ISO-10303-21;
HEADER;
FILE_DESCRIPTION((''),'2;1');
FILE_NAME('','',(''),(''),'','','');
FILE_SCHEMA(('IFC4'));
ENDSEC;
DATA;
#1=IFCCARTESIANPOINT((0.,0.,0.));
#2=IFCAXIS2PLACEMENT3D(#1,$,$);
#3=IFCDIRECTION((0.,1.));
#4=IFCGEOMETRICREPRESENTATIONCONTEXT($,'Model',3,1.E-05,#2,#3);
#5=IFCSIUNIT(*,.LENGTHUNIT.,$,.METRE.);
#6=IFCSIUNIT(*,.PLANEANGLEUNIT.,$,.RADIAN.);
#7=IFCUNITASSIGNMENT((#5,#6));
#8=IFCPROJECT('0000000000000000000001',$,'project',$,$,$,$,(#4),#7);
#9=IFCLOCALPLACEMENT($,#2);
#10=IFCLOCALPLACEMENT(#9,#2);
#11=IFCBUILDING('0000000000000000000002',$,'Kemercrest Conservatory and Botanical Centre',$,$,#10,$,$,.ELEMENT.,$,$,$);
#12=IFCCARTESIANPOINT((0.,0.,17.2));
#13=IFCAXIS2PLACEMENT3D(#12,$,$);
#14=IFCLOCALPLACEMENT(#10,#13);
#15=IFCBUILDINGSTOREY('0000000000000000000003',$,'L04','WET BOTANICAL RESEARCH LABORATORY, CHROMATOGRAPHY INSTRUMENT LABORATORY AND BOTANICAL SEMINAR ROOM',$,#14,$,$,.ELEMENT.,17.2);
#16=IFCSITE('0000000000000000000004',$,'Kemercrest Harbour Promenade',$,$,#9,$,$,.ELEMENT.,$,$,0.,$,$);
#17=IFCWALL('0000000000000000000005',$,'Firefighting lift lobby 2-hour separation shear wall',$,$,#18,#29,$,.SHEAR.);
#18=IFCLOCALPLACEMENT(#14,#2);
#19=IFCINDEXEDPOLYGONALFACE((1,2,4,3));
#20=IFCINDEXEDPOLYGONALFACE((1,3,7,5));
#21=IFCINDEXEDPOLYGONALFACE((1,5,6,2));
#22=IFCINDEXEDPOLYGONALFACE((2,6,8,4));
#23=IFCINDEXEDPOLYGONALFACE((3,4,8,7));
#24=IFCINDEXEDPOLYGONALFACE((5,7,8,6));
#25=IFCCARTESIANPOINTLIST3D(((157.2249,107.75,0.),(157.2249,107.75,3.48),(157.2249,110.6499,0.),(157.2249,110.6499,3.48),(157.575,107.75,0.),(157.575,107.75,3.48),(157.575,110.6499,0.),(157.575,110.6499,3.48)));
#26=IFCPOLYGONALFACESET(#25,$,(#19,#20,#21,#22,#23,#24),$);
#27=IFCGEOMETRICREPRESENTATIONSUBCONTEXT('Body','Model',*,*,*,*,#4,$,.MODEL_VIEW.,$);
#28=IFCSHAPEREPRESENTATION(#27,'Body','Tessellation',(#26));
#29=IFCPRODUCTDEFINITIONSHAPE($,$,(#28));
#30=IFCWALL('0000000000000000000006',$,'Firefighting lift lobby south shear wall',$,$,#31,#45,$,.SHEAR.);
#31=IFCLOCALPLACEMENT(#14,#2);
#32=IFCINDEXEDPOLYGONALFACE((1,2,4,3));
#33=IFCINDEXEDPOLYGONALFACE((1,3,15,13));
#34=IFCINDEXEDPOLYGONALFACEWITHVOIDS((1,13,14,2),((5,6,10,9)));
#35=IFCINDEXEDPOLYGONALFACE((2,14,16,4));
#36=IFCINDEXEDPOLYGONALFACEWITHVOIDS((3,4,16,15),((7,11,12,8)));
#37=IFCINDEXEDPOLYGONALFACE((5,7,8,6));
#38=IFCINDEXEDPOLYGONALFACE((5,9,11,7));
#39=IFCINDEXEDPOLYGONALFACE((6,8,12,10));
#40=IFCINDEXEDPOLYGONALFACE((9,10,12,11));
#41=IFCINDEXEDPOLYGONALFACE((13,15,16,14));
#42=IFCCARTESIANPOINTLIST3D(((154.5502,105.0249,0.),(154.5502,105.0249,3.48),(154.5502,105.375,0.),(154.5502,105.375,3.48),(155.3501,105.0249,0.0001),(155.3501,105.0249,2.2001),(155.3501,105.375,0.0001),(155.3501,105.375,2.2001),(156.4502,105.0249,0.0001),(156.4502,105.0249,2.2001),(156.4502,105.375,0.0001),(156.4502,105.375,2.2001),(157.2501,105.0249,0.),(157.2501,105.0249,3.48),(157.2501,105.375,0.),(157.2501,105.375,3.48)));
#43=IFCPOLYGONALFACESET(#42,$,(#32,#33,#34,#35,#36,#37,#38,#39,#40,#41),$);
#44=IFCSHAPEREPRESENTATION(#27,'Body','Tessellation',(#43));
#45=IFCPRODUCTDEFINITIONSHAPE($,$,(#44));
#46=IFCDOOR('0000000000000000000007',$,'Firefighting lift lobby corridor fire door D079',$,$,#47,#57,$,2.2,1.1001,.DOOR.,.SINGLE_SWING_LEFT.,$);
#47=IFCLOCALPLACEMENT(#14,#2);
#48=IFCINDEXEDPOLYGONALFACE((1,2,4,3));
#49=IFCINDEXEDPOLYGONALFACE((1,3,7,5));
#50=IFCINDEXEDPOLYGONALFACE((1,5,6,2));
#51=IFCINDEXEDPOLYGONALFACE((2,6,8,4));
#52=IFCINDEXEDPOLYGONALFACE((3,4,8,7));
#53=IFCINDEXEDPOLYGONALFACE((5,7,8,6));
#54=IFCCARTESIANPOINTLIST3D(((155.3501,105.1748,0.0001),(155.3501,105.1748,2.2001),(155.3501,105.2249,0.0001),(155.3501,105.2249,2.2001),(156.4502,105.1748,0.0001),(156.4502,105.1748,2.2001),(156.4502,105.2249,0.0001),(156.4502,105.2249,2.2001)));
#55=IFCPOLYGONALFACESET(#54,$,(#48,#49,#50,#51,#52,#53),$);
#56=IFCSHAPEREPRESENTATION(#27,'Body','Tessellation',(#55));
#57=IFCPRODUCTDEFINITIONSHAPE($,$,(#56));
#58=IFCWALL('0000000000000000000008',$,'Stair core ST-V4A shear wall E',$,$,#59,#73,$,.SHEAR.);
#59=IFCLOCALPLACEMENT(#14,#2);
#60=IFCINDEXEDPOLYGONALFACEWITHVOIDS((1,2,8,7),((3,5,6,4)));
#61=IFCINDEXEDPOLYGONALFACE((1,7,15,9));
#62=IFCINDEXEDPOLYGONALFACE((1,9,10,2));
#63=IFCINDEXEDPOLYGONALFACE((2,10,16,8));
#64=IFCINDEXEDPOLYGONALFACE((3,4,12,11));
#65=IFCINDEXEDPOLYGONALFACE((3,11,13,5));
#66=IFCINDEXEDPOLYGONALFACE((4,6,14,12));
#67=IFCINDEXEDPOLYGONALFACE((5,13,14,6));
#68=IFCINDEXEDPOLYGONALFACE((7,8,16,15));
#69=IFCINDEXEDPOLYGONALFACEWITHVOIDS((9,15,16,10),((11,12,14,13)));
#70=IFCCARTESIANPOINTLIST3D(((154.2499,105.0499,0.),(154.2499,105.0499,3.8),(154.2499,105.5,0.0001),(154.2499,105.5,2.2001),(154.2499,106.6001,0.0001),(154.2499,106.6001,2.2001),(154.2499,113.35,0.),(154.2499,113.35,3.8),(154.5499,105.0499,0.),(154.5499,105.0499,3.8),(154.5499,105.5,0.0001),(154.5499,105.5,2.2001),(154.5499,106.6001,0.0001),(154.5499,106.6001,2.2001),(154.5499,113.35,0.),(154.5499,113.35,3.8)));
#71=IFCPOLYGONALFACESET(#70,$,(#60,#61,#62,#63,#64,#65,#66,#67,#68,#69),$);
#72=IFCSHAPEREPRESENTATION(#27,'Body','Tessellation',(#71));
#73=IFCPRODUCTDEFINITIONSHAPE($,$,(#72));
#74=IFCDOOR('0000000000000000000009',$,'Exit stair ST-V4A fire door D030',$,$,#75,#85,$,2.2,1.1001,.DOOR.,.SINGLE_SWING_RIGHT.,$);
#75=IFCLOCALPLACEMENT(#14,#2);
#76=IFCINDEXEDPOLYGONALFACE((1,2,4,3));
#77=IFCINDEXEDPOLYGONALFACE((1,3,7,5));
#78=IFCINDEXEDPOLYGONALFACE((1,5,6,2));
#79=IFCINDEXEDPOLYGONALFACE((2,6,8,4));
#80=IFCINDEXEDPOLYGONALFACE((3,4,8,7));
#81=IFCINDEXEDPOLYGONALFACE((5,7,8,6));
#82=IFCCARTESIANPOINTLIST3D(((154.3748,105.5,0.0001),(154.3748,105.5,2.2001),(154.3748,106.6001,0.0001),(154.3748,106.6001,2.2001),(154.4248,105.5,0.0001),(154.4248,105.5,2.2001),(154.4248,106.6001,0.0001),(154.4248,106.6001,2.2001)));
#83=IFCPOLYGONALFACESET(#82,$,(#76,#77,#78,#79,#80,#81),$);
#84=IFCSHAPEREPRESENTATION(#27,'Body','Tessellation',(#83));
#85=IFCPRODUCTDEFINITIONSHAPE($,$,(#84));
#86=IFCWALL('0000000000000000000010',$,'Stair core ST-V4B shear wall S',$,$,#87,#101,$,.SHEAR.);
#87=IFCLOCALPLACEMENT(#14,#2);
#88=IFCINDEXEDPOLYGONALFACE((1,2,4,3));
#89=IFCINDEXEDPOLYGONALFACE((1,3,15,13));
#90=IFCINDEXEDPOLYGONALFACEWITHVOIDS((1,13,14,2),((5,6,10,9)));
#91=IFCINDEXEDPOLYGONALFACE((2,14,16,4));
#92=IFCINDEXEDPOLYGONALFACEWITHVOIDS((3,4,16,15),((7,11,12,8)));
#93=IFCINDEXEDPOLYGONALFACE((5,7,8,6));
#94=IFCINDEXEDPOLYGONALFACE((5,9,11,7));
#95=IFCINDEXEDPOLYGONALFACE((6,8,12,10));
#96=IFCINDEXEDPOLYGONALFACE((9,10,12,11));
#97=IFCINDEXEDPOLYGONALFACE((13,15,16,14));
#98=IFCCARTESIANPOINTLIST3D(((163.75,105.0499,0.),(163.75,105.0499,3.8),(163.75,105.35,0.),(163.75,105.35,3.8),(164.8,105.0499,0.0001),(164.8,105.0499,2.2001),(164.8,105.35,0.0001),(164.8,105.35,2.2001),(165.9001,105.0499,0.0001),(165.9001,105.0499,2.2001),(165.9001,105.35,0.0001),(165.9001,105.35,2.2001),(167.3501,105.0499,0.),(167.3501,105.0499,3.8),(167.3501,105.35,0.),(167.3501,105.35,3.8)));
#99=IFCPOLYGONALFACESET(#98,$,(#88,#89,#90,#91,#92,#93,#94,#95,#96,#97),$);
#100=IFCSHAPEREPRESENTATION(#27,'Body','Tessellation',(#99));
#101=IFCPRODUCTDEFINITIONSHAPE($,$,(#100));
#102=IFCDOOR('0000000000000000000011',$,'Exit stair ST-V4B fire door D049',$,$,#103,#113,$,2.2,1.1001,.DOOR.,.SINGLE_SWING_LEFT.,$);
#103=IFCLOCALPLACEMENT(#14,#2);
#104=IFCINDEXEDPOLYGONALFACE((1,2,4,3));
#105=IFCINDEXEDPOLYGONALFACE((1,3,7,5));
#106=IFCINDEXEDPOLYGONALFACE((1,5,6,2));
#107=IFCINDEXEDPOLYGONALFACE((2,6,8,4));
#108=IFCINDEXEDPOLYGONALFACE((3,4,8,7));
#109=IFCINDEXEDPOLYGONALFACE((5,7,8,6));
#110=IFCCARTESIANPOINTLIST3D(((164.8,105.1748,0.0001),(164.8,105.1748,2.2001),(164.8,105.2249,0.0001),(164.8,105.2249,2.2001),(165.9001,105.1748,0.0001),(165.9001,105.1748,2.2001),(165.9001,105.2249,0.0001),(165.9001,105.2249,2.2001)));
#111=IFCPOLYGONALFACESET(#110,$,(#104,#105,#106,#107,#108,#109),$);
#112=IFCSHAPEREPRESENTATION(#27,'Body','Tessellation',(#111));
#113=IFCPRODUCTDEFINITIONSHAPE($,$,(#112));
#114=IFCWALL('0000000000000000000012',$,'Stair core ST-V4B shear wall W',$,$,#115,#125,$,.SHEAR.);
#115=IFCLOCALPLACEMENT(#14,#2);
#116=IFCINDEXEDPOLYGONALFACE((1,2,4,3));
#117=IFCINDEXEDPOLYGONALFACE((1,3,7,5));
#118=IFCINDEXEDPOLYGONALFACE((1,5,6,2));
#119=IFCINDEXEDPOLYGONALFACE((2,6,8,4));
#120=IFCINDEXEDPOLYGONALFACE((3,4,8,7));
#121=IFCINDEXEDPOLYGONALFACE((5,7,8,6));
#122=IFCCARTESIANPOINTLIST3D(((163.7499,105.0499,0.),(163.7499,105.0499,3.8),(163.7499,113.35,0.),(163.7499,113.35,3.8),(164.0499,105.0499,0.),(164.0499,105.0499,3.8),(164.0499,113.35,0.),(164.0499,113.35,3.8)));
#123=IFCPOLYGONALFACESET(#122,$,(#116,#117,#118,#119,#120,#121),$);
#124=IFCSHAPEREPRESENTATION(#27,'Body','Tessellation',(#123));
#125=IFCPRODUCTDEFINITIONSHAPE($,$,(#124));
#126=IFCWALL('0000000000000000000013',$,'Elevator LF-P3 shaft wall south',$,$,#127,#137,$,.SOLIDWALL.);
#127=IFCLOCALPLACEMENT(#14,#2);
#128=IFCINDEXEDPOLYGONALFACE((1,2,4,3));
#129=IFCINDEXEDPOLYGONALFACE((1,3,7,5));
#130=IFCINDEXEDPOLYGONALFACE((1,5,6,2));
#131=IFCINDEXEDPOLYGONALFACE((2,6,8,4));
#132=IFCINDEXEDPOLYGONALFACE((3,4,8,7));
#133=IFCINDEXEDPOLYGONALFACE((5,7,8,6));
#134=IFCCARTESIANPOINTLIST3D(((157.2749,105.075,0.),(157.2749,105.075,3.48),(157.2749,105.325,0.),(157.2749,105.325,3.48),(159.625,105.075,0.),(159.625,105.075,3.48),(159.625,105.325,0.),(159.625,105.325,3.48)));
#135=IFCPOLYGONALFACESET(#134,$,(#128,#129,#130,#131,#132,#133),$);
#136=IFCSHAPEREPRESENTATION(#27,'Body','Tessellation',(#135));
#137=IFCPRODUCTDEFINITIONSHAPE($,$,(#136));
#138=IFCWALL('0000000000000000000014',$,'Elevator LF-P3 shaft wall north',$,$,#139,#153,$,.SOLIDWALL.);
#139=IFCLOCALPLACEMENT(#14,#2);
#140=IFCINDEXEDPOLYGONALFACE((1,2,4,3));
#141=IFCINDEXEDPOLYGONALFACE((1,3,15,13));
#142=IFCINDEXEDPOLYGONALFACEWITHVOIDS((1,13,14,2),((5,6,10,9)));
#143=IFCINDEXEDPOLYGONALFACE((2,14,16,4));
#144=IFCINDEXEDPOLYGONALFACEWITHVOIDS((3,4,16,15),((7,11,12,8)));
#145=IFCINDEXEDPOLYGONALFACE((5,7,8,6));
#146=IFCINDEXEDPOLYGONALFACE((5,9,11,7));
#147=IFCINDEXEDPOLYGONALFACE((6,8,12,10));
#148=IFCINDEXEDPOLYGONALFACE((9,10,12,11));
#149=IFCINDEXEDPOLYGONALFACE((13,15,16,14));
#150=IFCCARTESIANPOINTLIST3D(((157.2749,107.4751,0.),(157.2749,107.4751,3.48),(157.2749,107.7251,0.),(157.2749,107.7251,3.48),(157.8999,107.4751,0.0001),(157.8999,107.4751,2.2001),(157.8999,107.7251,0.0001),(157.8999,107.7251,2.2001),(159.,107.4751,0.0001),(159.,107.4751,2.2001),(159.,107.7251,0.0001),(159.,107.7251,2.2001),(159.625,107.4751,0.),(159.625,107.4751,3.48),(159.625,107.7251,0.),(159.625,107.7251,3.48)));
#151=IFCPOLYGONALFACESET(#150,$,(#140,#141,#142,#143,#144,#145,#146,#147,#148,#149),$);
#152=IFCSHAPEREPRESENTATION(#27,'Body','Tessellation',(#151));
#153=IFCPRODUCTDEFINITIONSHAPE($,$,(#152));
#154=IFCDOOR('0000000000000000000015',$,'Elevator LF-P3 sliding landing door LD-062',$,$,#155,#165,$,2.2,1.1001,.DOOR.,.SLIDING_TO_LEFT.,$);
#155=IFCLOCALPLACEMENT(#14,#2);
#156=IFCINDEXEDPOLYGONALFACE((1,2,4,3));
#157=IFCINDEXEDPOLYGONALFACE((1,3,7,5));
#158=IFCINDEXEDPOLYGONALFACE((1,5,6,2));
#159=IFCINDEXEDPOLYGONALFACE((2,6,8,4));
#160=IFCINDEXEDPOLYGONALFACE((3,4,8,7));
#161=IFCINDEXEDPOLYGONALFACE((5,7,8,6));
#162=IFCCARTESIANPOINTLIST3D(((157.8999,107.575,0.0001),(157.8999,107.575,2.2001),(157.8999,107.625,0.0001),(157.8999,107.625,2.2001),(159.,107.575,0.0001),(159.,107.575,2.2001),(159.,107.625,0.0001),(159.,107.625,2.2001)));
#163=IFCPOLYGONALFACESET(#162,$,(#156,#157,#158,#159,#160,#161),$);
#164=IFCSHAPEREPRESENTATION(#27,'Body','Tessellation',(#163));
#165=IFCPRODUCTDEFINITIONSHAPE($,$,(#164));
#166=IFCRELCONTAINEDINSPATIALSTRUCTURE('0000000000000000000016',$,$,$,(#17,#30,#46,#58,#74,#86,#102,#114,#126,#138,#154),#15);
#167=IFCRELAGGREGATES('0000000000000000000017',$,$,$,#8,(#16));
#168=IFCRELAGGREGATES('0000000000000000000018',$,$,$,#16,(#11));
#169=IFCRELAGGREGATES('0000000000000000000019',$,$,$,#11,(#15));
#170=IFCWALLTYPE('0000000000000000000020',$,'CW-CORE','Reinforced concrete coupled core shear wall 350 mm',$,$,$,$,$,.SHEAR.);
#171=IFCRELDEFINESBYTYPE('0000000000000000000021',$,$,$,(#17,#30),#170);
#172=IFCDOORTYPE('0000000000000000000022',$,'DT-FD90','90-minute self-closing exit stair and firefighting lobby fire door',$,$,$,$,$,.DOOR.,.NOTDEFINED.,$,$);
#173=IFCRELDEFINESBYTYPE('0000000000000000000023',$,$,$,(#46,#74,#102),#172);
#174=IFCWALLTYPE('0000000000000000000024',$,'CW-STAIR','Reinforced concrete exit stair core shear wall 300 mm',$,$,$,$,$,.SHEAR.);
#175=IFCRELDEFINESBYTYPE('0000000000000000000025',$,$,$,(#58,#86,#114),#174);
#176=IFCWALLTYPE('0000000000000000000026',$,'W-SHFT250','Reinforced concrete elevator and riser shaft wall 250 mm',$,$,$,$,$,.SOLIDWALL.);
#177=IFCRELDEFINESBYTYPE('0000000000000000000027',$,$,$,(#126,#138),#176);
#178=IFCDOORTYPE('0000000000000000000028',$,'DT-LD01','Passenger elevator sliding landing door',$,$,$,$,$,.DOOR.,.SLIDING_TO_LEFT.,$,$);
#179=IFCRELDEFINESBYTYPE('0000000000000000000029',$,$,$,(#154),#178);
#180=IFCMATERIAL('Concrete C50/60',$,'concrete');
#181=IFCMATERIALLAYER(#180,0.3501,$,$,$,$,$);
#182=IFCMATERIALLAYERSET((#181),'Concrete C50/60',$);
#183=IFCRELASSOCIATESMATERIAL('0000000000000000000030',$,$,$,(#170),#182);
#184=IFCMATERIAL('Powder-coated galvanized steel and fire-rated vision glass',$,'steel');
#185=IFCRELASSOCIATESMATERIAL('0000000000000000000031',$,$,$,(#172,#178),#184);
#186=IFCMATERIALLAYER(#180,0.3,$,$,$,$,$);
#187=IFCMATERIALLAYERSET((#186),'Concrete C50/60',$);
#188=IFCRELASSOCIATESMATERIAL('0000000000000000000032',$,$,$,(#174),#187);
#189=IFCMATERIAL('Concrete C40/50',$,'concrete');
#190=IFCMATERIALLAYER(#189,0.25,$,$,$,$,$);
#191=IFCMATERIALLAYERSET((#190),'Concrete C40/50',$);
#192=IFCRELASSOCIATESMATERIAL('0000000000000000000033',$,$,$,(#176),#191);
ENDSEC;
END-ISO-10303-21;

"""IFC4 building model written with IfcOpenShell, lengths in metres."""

from ifc_helpers import new_model, si_unit, direction, frame, frame_2d, origin, place, context, subcontext, project, spatial, rectangle, extrude, material, layer, layer_set, type_object, element, fill, save


model = new_model("IFC4")

# Units and contexts
model_context = context("Model", 3, precision=1e-05, world=origin(), true_north=direction((0.0, 1.0)))
body_context = subcontext(model_context, "Body", "Model", "MODEL_VIEW")
ifc_project = project(units=[si_unit("LENGTHUNIT", "METRE"), si_unit("PLANEANGLEUNIT", "RADIAN")], contexts=[model_context])

# Site, building, storey
site_placement = place(None, origin())
site = spatial("IfcSite", under=ifc_project, at=site_placement, Name="Kemercrest Harbour Promenade", CompositionType="ELEMENT", RefElevation=0.0)
building_placement = place(site_placement, origin())
building = spatial("IfcBuilding", under=site, at=building_placement, Name="Kemercrest Conservatory and Botanical Centre", CompositionType="ELEMENT")
storey_placement = place(building_placement, frame((0.0, 0.0, 17.2)))
storey = spatial("IfcBuildingStorey", under=building, at=storey_placement, Name="L04", Description="WET BOTANICAL RESEARCH LABORATORY, CHROMATOGRAPHY INSTRUMENT LABORATORY AND BOTANICAL SEMINAR ROOM", CompositionType="ELEMENT", Elevation=17.2)

# Wall
ifc_material_1 = material(Name="Concrete C50/60", Category="concrete")
ifc_layer_1 = layer(ifc_material_1, 0.3501)
ifc_layer_set_1 = layer_set([ifc_layer_1], Name="Concrete C50/60")
wall_type_1 = type_object("IfcWallType", Name="CW-CORE", Description="Reinforced concrete coupled core shear wall 350 mm", PredefinedType="SHEAR", material=ifc_layer_set_1)
wall_1_placement = place(storey_placement, frame((157.3999, 107.75, 0.0), z_axis=(0.0, 0.0, 1.0), x_axis=(0.0, 1.0, 0.0)))
element("IfcWall", 1, at=wall_1_placement, inside=storey, type_object=wall_type_1, Name="Firefighting lift lobby 2-hour separation shear wall", PredefinedType="SHEAR", context=body_context, shape_type="SweptSolid", body=[
    extrude(rectangle(XDim=2.8999, YDim=0.3501, at=frame_2d((1.45, 0.0))), origin(), (0.0, 0.0, 1.0), 3.48),
])

# Walls, openings, doors
wall_2_placement = place(storey_placement, frame((154.55, 105.2, 0.0), z_axis=(0.0, 0.0, 1.0), x_axis=(1.0, 0.0, 0.0)))
wall_2 = element("IfcWall", 2, at=wall_2_placement, inside=storey, type_object=wall_type_1, Name="Firefighting lift lobby south shear wall", PredefinedType="SHEAR", context=body_context, shape_type="SweptSolid", body=[
    extrude(rectangle(XDim=2.7, YDim=0.3501, at=frame_2d((1.3501, 0.0))), origin(), (0.0, 0.0, 1.0), 3.48),
])
opening_1_placement = place(wall_2_placement, frame((0.8, 0.0, 0.0)))
opening_1 = element("IfcOpeningElement", 3, at=opening_1_placement, cuts=wall_2, PredefinedType="OPENING", context=body_context, shape_type="SweptSolid", body=[
    extrude(rectangle(XDim=1.1001, YDim=2.2, at=frame_2d((0.55, 1.1001))), frame((0.0, 0.1851, 0.0), z_axis=(0.0, -1.0, 0.0), x_axis=(1.0, 0.0, 0.0)), (0.0, 0.0, 1.0), 0.3701),
])
ifc_material_2 = material(Name="Powder-coated galvanized steel and fire-rated vision glass", Category="steel")
door_type_1 = type_object("IfcDoorType", Name="DT-FD90", Description="90-minute self-closing exit stair and firefighting lobby fire door", OperationType="NOTDEFINED", PredefinedType="DOOR", material=ifc_material_2)
door_1_placement = place(opening_1_placement, origin())
door_1 = element("IfcDoor", 4, at=door_1_placement, inside=storey, type_object=door_type_1, Name="Firefighting lift lobby corridor fire door D079", OperationType="SINGLE_SWING_LEFT", OverallHeight=2.2, OverallWidth=1.1001, PredefinedType="DOOR", context=body_context, shape_type="SweptSolid", body=[
    extrude(rectangle(XDim=1.1001, YDim=2.2, at=frame_2d((0.55, 1.1001))), frame((0.0, 0.0249, 0.0), z_axis=(0.0, -1.0, 0.0), x_axis=(1.0, 0.0, 0.0)), (0.0, 0.0, 1.0), 0.05),
])
fill(opening_1, door_1)
ifc_layer_2 = layer(ifc_material_1, 0.3)
ifc_layer_set_2 = layer_set([ifc_layer_2], Name="Concrete C50/60")
wall_type_2 = type_object("IfcWallType", Name="CW-STAIR", Description="Reinforced concrete exit stair core shear wall 300 mm", PredefinedType="SHEAR", material=ifc_layer_set_2)
wall_3_placement = place(storey_placement, frame((154.3999, 105.05, 0.0), z_axis=(0.0, 0.0, 1.0), x_axis=(0.0, 1.0, 0.0)))
wall_3 = element("IfcWall", 5, at=wall_3_placement, inside=storey, type_object=wall_type_2, Name="Stair core ST-V4A shear wall E", PredefinedType="SHEAR", context=body_context, shape_type="SweptSolid", body=[
    extrude(rectangle(XDim=8.3, YDim=0.3, at=frame_2d((4.1499, 0.0))), origin(), (0.0, 0.0, 1.0), 3.8),
])
opening_2_placement = place(wall_3_placement, frame((0.45, 0.0, 0.0)))
opening_2 = element("IfcOpeningElement", 6, at=opening_2_placement, cuts=wall_3, PredefinedType="OPENING", context=body_context, shape_type="SweptSolid", body=[
    extrude(rectangle(XDim=1.1001, YDim=2.2, at=frame_2d((0.55, 1.1001))), frame((0.0, 0.1602, 0.0), z_axis=(0.0, -1.0, 0.0), x_axis=(1.0, 0.0, 0.0)), (0.0, 0.0, 1.0), 0.3201),
])
door_2_placement = place(opening_2_placement, frame((1.1001, 0.0, 0.0), z_axis=(0.0, 0.0, 1.0), x_axis=(-1.0, 0.0, 0.0)))
door_2 = element("IfcDoor", 7, at=door_2_placement, inside=storey, type_object=door_type_1, Name="Exit stair ST-V4A fire door D030", OperationType="SINGLE_SWING_RIGHT", OverallHeight=2.2, OverallWidth=1.1001, PredefinedType="DOOR", context=body_context, shape_type="SweptSolid", body=[
    extrude(rectangle(XDim=1.1001, YDim=2.2, at=frame_2d((0.55, 1.1001))), frame((0.0, 0.0249, 0.0), z_axis=(0.0, -1.0, 0.0), x_axis=(1.0, 0.0, 0.0)), (0.0, 0.0, 1.0), 0.05),
])
fill(opening_2, door_2)
wall_4_placement = place(storey_placement, frame((163.75, 105.2, 0.0), z_axis=(0.0, 0.0, 1.0), x_axis=(1.0, 0.0, 0.0)))
wall_4 = element("IfcWall", 8, at=wall_4_placement, inside=storey, type_object=wall_type_2, Name="Stair core ST-V4B shear wall S", PredefinedType="SHEAR", context=body_context, shape_type="SweptSolid", body=[
    extrude(rectangle(XDim=3.6001, YDim=0.3, at=frame_2d((1.8, 0.0))), origin(), (0.0, 0.0, 1.0), 3.8),
])
opening_3_placement = place(wall_4_placement, frame((1.05, 0.0, 0.0)))
opening_3 = element("IfcOpeningElement", 9, at=opening_3_placement, cuts=wall_4, PredefinedType="OPENING", context=body_context, shape_type="SweptSolid", body=[
    extrude(rectangle(XDim=1.1001, YDim=2.2, at=frame_2d((0.55, 1.1001))), frame((0.0, 0.1602, 0.0), z_axis=(0.0, -1.0, 0.0), x_axis=(1.0, 0.0, 0.0)), (0.0, 0.0, 1.0), 0.3201),
])
door_3_placement = place(opening_3_placement, origin())
door_3 = element("IfcDoor", 10, at=door_3_placement, inside=storey, type_object=door_type_1, Name="Exit stair ST-V4B fire door D049", OperationType="SINGLE_SWING_LEFT", OverallHeight=2.2, OverallWidth=1.1001, PredefinedType="DOOR", context=body_context, shape_type="SweptSolid", body=[
    extrude(rectangle(XDim=1.1001, YDim=2.2, at=frame_2d((0.55, 1.1001))), frame((0.0, 0.0249, 0.0), z_axis=(0.0, -1.0, 0.0), x_axis=(1.0, 0.0, 0.0)), (0.0, 0.0, 1.0), 0.05),
])
fill(opening_3, door_3)

# Walls
wall_5_placement = place(storey_placement, frame((163.8999, 105.05, 0.0), z_axis=(0.0, 0.0, 1.0), x_axis=(0.0, 1.0, 0.0)))
element("IfcWall", 11, at=wall_5_placement, inside=storey, type_object=wall_type_2, Name="Stair core ST-V4B shear wall W", PredefinedType="SHEAR", context=body_context, shape_type="SweptSolid", body=[
    extrude(rectangle(XDim=8.3, YDim=0.3, at=frame_2d((4.1499, 0.0))), origin(), (0.0, 0.0, 1.0), 3.8),
])
ifc_material_3 = material(Name="Concrete C40/50", Category="concrete")
ifc_layer_3 = layer(ifc_material_3, 0.25)
ifc_layer_set_3 = layer_set([ifc_layer_3], Name="Concrete C40/50")
wall_type_3 = type_object("IfcWallType", Name="W-SHFT250", Description="Reinforced concrete elevator and riser shaft wall 250 mm", PredefinedType="SOLIDWALL", material=ifc_layer_set_3)
wall_6_placement = place(storey_placement, frame((157.2749, 105.2, 0.0), z_axis=(0.0, 0.0, 1.0), x_axis=(1.0, 0.0, 0.0)))
element("IfcWall", 12, at=wall_6_placement, inside=storey, type_object=wall_type_3, Name="Elevator LF-P3 shaft wall south", PredefinedType="SOLIDWALL", context=body_context, shape_type="SweptSolid", body=[
    extrude(rectangle(XDim=2.3501, YDim=0.25, at=frame_2d((1.175, 0.0))), origin(), (0.0, 0.0, 1.0), 3.48),
])

# Wall, opening, door
wall_7_placement = place(storey_placement, frame((157.2749, 107.6001, 0.0), z_axis=(0.0, 0.0, 1.0), x_axis=(1.0, 0.0, 0.0)))
wall_7 = element("IfcWall", 13, at=wall_7_placement, inside=storey, type_object=wall_type_3, Name="Elevator LF-P3 shaft wall north", PredefinedType="SOLIDWALL", context=body_context, shape_type="SweptSolid", body=[
    extrude(rectangle(XDim=2.3501, YDim=0.25, at=frame_2d((1.175, 0.0))), origin(), (0.0, 0.0, 1.0), 3.48),
])
opening_4_placement = place(wall_7_placement, frame((0.625, 0.0, 0.0)))
opening_4 = element("IfcOpeningElement", 14, at=opening_4_placement, cuts=wall_7, PredefinedType="OPENING", context=body_context, shape_type="SweptSolid", body=[
    extrude(rectangle(XDim=1.1001, YDim=2.2, at=frame_2d((0.55, 1.1001))), frame((0.0, 0.135, 0.0), z_axis=(0.0, -1.0, 0.0), x_axis=(1.0, 0.0, 0.0)), (0.0, 0.0, 1.0), 0.27),
])
door_type_2 = type_object("IfcDoorType", Name="DT-LD01", Description="Passenger elevator sliding landing door", OperationType="SLIDING_TO_LEFT", PredefinedType="DOOR", material=ifc_material_2)
door_4_placement = place(opening_4_placement, origin())
door_4 = element("IfcDoor", 15, at=door_4_placement, inside=storey, type_object=door_type_2, Name="Elevator LF-P3 sliding landing door LD-062", OperationType="SLIDING_TO_LEFT", OverallHeight=2.2, OverallWidth=1.1001, PredefinedType="DOOR", context=body_context, shape_type="SweptSolid", body=[
    extrude(rectangle(XDim=1.1001, YDim=2.2, at=frame_2d((0.55, 1.1001))), frame((0.0, 0.0249, 0.0), z_axis=(0.0, -1.0, 0.0), x_axis=(1.0, 0.0, 0.0)), (0.0, 0.0, 1.0), 0.05),
])
fill(opening_4, door_4)

save(model, "model.ifc")
